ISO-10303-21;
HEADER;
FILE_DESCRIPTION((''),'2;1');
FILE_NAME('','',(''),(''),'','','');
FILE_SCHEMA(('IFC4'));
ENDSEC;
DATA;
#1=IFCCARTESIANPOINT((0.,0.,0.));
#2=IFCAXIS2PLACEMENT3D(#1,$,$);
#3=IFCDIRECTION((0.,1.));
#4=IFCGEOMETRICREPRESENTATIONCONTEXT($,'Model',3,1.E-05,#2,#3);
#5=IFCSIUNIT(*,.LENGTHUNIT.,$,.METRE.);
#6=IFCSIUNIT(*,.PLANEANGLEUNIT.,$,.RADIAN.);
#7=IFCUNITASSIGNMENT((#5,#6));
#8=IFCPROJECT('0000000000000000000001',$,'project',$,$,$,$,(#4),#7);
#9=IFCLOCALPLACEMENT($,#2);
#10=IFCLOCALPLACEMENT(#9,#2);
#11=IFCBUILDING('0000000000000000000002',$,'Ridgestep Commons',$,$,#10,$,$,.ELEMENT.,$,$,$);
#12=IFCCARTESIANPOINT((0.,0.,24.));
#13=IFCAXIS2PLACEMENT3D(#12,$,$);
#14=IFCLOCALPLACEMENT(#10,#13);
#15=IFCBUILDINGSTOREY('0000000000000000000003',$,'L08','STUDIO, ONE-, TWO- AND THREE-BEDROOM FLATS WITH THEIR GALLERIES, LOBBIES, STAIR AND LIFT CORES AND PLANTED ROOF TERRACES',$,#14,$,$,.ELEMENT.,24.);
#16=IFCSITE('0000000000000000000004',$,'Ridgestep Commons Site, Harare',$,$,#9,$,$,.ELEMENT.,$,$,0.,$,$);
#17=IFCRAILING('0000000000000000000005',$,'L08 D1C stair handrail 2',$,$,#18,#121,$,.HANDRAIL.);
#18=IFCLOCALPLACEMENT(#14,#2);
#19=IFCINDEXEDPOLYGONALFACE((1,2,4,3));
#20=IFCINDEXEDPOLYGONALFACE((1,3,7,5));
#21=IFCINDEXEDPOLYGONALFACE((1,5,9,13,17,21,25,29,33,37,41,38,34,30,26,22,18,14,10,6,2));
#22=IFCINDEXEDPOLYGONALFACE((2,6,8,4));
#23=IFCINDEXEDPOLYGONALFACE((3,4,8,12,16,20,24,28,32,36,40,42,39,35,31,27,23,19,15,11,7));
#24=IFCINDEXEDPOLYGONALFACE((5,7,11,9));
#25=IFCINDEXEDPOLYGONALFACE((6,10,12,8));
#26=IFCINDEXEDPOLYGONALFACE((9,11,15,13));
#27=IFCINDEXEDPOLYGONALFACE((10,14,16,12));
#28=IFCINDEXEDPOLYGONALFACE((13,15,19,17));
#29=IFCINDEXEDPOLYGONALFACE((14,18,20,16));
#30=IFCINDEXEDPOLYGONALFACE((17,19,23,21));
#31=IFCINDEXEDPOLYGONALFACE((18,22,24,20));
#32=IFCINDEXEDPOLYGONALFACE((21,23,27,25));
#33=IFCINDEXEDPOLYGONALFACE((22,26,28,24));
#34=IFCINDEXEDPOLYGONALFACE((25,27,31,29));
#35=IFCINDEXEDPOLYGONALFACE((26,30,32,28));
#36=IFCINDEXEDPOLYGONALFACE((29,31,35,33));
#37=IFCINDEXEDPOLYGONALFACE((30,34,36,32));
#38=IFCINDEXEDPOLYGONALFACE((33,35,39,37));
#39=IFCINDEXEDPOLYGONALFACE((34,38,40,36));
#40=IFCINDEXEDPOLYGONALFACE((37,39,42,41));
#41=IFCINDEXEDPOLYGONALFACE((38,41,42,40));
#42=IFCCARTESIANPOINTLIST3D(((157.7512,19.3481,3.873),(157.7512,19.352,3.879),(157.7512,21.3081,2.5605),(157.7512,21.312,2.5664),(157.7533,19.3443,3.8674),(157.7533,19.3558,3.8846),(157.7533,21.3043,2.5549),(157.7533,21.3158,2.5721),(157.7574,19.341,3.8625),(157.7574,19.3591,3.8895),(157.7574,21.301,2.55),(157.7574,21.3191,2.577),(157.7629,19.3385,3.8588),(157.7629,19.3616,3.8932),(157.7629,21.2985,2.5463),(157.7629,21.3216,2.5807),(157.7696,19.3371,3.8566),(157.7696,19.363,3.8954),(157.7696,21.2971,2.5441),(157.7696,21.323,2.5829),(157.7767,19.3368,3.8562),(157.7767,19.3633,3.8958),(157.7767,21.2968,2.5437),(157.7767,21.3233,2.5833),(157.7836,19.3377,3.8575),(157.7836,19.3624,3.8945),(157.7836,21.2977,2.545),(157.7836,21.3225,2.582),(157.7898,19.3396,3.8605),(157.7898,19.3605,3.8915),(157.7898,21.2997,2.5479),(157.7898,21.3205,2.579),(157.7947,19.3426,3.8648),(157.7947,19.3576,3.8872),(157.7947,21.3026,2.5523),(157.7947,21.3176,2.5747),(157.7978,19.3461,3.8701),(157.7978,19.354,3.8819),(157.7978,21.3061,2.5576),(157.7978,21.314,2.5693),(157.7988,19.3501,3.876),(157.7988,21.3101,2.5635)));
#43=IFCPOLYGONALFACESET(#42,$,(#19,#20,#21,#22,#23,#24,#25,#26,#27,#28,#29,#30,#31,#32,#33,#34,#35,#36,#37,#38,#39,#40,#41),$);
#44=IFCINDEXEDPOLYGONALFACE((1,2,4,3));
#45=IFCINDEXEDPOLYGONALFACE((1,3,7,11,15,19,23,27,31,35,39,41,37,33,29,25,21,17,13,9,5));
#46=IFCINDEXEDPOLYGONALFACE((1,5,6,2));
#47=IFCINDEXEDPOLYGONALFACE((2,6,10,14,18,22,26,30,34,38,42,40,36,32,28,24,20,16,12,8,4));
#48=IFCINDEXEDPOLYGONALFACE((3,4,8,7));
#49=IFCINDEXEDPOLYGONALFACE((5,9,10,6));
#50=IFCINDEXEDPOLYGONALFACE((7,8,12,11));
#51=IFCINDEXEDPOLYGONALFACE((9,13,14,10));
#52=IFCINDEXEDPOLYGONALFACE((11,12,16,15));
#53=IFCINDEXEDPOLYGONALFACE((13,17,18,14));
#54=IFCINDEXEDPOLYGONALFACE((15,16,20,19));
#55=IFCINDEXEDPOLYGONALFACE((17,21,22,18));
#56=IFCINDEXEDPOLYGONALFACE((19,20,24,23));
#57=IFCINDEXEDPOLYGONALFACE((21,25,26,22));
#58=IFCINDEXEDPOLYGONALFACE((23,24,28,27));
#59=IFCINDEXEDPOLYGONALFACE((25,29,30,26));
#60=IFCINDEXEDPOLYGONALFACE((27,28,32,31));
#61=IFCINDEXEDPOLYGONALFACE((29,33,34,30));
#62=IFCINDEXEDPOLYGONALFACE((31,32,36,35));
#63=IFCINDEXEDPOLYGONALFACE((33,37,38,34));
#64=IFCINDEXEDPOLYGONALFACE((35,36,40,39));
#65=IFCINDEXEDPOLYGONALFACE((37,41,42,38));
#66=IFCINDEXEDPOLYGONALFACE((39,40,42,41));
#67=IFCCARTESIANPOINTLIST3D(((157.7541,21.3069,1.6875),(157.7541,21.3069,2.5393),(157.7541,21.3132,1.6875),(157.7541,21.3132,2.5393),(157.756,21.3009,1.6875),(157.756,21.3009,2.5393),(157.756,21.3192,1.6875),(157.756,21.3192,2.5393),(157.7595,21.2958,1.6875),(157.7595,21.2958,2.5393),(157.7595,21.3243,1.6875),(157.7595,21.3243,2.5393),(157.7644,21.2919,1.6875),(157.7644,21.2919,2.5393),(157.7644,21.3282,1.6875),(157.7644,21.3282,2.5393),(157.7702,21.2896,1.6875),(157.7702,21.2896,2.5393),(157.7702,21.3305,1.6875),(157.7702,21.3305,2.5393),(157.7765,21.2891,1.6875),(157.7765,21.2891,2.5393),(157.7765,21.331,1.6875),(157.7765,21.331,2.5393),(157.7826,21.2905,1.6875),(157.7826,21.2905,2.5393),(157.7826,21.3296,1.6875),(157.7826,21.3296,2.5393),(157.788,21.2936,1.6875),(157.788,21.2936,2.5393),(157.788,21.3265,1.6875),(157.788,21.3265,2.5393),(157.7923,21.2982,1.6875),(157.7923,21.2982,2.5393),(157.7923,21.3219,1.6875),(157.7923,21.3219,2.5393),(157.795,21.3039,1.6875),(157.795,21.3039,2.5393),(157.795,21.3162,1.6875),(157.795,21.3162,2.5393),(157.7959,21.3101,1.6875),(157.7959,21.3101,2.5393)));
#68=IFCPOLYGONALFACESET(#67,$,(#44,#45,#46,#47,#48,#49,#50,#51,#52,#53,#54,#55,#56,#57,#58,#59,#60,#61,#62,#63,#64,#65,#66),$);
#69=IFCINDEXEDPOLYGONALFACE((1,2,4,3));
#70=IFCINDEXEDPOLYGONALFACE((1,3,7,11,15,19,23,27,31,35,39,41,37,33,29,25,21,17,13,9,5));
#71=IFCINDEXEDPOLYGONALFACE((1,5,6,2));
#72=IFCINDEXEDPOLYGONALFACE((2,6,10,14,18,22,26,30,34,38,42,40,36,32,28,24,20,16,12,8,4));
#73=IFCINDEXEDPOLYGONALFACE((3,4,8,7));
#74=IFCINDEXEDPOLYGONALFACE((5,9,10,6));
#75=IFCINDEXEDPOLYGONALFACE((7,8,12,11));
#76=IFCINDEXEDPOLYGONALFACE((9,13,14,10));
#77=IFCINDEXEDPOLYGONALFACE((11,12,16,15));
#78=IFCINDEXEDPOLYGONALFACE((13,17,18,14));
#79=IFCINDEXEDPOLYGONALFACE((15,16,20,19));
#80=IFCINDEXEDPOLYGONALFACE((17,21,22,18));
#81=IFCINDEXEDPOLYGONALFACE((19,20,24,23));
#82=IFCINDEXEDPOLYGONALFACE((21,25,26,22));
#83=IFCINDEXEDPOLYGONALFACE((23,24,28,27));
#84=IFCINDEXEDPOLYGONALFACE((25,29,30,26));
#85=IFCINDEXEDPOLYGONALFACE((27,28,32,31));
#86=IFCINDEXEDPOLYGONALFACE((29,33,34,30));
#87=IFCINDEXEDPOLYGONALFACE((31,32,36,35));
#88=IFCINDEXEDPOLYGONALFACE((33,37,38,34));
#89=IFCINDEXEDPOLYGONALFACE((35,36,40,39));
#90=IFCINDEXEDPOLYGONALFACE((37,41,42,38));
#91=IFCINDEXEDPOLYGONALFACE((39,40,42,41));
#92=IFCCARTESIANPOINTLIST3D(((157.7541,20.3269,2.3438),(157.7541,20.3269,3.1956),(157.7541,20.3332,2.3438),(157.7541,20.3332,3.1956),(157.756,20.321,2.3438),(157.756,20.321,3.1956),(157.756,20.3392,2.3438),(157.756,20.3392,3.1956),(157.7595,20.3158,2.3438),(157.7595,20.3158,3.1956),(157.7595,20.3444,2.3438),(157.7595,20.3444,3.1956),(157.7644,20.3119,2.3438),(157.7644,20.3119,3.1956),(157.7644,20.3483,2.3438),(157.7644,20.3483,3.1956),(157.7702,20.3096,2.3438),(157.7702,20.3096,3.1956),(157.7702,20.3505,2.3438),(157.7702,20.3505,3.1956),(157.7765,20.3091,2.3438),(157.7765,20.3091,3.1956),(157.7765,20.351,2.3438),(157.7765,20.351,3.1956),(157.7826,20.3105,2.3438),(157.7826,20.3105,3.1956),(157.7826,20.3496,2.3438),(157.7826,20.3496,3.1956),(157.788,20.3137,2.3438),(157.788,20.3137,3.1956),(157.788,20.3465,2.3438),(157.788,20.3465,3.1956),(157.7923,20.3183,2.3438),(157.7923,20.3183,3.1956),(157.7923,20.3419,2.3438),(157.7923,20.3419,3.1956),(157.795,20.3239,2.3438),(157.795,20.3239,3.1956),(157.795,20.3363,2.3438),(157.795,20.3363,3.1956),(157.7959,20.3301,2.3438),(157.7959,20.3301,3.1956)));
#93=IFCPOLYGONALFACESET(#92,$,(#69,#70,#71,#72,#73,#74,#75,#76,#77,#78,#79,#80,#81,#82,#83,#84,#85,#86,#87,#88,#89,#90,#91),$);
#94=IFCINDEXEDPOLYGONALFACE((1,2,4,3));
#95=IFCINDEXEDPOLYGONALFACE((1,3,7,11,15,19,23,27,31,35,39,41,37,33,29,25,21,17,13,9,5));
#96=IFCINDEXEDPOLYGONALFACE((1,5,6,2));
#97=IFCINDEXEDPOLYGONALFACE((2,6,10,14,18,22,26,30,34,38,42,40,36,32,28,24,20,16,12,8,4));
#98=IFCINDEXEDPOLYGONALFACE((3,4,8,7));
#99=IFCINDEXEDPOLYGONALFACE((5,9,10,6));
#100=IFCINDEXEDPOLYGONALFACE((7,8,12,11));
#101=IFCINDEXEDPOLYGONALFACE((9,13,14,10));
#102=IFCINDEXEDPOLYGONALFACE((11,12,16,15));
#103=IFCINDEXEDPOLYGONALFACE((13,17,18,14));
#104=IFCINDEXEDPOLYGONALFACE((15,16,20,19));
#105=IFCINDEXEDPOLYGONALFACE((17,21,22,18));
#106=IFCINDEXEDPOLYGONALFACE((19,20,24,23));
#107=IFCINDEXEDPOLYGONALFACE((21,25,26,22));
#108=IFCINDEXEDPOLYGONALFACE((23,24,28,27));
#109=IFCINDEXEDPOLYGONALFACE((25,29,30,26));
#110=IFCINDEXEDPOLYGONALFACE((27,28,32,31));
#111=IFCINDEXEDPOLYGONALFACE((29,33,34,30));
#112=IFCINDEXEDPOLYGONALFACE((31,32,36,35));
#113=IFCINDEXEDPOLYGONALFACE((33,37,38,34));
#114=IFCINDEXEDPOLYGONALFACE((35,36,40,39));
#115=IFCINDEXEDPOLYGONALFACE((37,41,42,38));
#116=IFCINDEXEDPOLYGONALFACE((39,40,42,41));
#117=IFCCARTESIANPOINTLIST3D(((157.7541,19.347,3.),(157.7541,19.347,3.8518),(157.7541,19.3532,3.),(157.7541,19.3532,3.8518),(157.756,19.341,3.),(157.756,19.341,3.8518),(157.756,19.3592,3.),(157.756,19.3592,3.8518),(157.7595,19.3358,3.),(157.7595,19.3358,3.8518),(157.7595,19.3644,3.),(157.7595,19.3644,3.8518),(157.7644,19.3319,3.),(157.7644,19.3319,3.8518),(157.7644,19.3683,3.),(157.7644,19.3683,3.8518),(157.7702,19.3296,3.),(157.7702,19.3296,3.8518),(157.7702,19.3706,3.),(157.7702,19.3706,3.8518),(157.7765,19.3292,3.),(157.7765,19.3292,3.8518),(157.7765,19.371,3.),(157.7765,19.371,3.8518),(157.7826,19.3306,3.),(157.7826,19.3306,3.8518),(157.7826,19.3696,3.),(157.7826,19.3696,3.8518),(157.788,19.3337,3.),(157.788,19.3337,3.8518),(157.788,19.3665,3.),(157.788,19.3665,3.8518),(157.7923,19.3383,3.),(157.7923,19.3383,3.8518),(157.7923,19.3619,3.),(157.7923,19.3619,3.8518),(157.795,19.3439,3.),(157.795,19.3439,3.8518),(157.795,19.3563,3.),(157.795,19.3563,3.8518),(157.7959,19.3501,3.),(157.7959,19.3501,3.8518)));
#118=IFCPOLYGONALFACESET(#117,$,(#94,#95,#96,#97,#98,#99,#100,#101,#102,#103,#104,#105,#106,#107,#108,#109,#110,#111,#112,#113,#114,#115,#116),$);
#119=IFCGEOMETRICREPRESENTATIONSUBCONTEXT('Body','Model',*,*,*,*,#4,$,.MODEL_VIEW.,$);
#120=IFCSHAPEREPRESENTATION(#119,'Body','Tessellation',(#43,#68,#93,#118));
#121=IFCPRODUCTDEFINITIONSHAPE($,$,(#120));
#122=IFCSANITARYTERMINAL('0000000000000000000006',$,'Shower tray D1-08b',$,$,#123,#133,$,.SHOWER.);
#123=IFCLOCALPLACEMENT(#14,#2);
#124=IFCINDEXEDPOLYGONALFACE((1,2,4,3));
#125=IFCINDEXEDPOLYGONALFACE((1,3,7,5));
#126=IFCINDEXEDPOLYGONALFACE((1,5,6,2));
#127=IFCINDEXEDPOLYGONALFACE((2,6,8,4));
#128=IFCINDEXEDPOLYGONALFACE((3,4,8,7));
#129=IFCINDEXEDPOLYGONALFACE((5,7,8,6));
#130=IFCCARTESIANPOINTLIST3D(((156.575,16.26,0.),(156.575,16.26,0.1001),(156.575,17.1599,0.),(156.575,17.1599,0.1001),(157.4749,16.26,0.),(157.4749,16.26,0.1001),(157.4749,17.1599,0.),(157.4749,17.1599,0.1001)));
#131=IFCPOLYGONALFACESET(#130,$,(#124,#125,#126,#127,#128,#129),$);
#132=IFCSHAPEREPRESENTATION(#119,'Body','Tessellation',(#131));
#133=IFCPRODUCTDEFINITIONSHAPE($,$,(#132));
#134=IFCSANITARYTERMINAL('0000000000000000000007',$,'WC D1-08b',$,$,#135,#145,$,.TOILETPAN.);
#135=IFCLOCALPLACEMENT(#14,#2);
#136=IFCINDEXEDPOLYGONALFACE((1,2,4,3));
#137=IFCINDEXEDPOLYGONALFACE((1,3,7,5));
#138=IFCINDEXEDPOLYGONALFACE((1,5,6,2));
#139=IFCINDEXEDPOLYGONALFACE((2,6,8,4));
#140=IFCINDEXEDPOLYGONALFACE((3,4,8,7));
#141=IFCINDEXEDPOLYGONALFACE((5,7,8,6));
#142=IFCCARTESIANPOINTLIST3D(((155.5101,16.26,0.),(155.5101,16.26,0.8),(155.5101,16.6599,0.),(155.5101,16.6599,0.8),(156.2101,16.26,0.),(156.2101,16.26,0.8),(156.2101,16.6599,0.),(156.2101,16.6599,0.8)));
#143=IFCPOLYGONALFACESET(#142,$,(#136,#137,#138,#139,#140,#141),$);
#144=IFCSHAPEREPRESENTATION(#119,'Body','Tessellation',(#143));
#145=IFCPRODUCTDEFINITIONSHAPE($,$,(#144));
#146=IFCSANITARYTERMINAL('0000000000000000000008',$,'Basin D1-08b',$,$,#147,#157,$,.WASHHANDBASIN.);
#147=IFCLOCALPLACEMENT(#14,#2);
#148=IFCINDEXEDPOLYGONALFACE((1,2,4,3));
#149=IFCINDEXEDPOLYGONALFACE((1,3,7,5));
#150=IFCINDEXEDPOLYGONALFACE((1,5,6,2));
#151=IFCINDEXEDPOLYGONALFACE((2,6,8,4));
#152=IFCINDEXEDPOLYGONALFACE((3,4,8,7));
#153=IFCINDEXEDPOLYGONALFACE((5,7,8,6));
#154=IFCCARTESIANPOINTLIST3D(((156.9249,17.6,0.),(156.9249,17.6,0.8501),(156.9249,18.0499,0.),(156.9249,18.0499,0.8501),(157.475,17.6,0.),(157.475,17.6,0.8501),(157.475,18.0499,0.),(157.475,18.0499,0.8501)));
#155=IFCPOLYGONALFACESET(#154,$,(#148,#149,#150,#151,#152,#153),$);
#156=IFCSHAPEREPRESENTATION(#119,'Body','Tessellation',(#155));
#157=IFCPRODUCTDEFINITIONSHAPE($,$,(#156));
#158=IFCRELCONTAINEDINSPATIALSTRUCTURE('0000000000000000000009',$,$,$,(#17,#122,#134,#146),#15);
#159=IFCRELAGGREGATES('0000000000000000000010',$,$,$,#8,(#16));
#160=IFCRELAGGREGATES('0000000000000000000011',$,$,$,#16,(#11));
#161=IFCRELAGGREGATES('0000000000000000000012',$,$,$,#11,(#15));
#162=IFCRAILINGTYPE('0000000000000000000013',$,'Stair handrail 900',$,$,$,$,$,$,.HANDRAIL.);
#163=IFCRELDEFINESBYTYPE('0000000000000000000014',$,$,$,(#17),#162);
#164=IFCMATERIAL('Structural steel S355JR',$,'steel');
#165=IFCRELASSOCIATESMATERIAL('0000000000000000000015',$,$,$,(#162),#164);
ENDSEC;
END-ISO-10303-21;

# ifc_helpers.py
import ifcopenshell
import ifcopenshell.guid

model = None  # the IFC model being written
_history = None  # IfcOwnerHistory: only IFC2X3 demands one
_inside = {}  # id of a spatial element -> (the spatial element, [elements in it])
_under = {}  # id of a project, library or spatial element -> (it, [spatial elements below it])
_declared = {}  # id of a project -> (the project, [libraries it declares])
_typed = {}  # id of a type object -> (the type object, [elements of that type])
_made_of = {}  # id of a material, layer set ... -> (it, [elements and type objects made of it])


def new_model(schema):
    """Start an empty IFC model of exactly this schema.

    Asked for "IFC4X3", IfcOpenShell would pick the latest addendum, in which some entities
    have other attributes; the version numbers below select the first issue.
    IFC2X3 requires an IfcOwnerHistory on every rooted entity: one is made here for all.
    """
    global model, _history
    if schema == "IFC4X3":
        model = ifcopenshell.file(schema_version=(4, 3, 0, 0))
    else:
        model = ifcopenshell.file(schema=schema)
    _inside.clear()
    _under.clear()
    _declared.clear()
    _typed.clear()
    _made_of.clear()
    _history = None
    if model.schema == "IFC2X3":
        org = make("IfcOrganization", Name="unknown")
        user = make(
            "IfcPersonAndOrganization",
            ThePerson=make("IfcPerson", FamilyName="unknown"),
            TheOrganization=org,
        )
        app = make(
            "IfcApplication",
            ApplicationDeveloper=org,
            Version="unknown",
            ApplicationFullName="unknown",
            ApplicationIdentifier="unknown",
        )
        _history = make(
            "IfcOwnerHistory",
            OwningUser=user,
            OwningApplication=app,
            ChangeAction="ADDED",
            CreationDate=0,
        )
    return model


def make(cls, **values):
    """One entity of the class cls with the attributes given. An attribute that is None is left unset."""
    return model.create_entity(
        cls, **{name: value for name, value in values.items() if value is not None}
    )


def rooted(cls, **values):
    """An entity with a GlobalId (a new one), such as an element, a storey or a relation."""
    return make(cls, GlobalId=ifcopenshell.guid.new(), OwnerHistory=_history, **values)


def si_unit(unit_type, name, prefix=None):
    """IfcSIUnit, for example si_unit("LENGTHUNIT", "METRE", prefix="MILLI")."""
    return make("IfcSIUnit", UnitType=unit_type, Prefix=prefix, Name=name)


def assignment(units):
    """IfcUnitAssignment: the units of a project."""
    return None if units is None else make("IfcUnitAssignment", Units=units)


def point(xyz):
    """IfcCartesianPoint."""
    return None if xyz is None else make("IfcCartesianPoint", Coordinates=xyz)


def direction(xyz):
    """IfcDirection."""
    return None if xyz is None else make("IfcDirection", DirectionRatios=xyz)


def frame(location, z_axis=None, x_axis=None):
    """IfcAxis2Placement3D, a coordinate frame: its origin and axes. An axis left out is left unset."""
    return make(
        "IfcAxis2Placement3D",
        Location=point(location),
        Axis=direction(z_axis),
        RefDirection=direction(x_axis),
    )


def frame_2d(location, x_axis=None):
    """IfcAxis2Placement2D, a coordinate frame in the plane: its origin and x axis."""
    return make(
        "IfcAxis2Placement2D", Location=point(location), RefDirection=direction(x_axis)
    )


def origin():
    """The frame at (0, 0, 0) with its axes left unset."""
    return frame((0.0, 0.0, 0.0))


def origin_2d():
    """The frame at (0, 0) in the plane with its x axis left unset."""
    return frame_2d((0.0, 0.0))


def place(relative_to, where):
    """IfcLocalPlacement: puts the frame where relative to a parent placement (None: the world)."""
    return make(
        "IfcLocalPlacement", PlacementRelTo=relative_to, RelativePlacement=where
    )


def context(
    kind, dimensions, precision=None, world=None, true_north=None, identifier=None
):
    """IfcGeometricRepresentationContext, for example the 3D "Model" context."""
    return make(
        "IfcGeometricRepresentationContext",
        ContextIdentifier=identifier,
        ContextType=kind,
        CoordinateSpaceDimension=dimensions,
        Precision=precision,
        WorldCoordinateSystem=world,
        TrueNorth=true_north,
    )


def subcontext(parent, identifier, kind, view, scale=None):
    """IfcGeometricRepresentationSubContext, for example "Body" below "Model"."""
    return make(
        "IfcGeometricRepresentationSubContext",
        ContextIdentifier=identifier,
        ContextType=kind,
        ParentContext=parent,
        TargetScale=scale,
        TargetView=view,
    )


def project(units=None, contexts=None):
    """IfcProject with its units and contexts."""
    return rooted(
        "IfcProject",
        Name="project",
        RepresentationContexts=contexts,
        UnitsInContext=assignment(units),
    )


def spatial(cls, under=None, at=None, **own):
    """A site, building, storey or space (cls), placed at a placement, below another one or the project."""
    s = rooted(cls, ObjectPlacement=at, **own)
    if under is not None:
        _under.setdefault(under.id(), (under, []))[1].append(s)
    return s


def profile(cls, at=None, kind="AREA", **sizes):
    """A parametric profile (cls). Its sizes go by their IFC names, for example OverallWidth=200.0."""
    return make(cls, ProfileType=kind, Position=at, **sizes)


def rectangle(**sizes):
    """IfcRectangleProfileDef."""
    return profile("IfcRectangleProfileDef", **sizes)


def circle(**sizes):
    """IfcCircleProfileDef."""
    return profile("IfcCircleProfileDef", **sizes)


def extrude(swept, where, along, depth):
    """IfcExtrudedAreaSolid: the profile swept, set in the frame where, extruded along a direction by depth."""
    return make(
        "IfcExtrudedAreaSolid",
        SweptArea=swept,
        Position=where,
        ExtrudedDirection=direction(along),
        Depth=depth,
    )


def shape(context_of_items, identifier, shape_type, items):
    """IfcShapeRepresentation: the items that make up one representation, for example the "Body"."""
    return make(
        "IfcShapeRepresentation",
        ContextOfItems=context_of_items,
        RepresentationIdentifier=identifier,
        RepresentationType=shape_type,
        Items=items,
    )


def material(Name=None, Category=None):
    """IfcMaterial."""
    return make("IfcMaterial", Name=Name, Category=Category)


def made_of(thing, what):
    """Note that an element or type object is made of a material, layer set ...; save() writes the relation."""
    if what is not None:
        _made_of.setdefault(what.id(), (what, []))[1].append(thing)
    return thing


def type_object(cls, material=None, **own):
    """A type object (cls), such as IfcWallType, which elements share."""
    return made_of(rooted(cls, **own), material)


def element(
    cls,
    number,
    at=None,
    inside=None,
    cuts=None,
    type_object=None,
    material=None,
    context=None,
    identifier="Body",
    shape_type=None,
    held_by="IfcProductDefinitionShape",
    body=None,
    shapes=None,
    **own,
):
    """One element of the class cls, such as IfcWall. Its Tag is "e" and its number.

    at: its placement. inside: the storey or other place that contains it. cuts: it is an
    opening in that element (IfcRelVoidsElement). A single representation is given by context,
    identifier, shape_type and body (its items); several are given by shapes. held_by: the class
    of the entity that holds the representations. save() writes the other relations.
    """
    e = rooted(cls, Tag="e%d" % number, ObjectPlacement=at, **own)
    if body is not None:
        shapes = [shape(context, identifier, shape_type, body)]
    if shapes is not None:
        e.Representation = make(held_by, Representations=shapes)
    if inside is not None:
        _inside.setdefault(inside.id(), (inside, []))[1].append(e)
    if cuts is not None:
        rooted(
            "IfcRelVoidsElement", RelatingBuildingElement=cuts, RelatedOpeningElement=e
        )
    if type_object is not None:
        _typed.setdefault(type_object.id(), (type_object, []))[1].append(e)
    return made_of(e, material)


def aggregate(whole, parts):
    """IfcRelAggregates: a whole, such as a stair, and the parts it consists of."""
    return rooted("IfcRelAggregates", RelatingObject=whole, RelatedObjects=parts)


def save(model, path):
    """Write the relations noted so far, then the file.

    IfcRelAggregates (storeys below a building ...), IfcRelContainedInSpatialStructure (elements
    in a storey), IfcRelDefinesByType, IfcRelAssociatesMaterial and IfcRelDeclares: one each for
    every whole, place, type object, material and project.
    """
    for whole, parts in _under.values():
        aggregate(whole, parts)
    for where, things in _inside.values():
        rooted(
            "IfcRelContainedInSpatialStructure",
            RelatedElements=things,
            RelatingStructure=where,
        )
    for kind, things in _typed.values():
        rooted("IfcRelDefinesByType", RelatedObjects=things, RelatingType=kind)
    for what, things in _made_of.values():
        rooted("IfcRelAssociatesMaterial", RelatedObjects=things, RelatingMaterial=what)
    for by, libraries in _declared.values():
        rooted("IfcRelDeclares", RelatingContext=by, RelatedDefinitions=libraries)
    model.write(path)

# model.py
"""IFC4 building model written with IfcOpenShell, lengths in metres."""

from ifc_helpers import new_model, si_unit, direction, frame, origin, origin_2d, place, context, subcontext, project, spatial, rectangle, circle, extrude, material, type_object, element, save


model = new_model("IFC4")

# Units and contexts
model_context = context("Model", 3, precision=1e-05, world=origin(), true_north=direction((0.0, 1.0)))
body_context = subcontext(model_context, "Body", "Model", "MODEL_VIEW")
ifc_project = project(units=[si_unit("LENGTHUNIT", "METRE"), si_unit("PLANEANGLEUNIT", "RADIAN")], contexts=[model_context])

# Site, building, storey
site_placement = place(None, origin())
site = spatial("IfcSite", under=ifc_project, at=site_placement, Name="Ridgestep Commons Site, Harare", CompositionType="ELEMENT", RefElevation=0.0)
building_placement = place(site_placement, origin())
building = spatial("IfcBuilding", under=site, at=building_placement, Name="Ridgestep Commons", CompositionType="ELEMENT")
storey_placement = place(building_placement, frame((0.0, 0.0, 24.0)))
storey = spatial("IfcBuildingStorey", under=building, at=storey_placement, Name="L08", Description="STUDIO, ONE-, TWO- AND THREE-BEDROOM FLATS WITH THEIR GALLERIES, LOBBIES, STAIR AND LIFT CORES AND PLANTED ROOF TERRACES", CompositionType="ELEMENT", Elevation=24.0)

# Railing
ifc_material_1 = material(Name="Structural steel S355JR", Category="steel")
railing_type_1 = type_object("IfcRailingType", Name="Stair handrail 900", PredefinedType="HANDRAIL", material=ifc_material_1)
railing_1_placement = place(storey_placement, frame((157.7749, 21.3101, 1.6875)))
element("IfcRailing", 1, at=railing_1_placement, inside=storey, type_object=railing_type_1, Name="L08 D1C stair handrail 2", PredefinedType="HANDRAIL", context=body_context, shape_type="SweptSolid", body=[
    extrude(circle(Radius=0.0239, at=origin_2d()), frame((0.0, 0.0, 0.876), z_axis=(0.0, -0.830902, 0.556419), x_axis=(1.0, 0.0, 0.0)), (0.0, 0.0, 1.0), 2.3589),
    extrude(circle(Radius=0.021, at=origin_2d()), origin(), (0.0, 0.0, 1.0), 0.8518),
    extrude(circle(Radius=0.021, at=origin_2d()), frame((0.0, -0.98, 0.6562)), (0.0, 0.0, 1.0), 0.8518),
    extrude(circle(Radius=0.021, at=origin_2d()), frame((0.0, -1.96, 1.3125)), (0.0, 0.0, 1.0), 0.8518),
])

# Sanitary terminals
sanitary_terminal_1_placement = place(storey_placement, frame((157.0249, 16.71, 0.0), z_axis=(0.0, 0.0, 1.0), x_axis=(1.0, 0.0, 0.0)))
element("IfcSanitaryTerminal", 2, at=sanitary_terminal_1_placement, inside=storey, Name="Shower tray D1-08b", PredefinedType="SHOWER", context=body_context, shape_type="SweptSolid", body=[
    extrude(rectangle(XDim=0.8999, YDim=0.8999, at=origin_2d()), origin(), (0.0, 0.0, 1.0), 0.1001),
])
sanitary_terminal_2_placement = place(storey_placement, frame((155.8601, 16.46, 0.0), z_axis=(0.0, 0.0, 1.0), x_axis=(1.0, 0.0, 0.0)))
element("IfcSanitaryTerminal", 3, at=sanitary_terminal_2_placement, inside=storey, Name="WC D1-08b", PredefinedType="TOILETPAN", context=body_context, shape_type="SweptSolid", body=[
    extrude(rectangle(XDim=0.7, YDim=0.3999, at=origin_2d()), origin(), (0.0, 0.0, 1.0), 0.8),
])
sanitary_terminal_3_placement = place(storey_placement, frame((157.2, 17.825, 0.0), z_axis=(0.0, 0.0, 1.0), x_axis=(1.0, 0.0, 0.0)))
element("IfcSanitaryTerminal", 4, at=sanitary_terminal_3_placement, inside=storey, Name="Basin D1-08b", PredefinedType="WASHHANDBASIN", context=body_context, shape_type="SweptSolid", body=[
    extrude(rectangle(XDim=0.55, YDim=0.45, at=origin_2d()), origin(), (0.0, 0.0, 1.0), 0.8501),
])

save(model, "model.ifc")
